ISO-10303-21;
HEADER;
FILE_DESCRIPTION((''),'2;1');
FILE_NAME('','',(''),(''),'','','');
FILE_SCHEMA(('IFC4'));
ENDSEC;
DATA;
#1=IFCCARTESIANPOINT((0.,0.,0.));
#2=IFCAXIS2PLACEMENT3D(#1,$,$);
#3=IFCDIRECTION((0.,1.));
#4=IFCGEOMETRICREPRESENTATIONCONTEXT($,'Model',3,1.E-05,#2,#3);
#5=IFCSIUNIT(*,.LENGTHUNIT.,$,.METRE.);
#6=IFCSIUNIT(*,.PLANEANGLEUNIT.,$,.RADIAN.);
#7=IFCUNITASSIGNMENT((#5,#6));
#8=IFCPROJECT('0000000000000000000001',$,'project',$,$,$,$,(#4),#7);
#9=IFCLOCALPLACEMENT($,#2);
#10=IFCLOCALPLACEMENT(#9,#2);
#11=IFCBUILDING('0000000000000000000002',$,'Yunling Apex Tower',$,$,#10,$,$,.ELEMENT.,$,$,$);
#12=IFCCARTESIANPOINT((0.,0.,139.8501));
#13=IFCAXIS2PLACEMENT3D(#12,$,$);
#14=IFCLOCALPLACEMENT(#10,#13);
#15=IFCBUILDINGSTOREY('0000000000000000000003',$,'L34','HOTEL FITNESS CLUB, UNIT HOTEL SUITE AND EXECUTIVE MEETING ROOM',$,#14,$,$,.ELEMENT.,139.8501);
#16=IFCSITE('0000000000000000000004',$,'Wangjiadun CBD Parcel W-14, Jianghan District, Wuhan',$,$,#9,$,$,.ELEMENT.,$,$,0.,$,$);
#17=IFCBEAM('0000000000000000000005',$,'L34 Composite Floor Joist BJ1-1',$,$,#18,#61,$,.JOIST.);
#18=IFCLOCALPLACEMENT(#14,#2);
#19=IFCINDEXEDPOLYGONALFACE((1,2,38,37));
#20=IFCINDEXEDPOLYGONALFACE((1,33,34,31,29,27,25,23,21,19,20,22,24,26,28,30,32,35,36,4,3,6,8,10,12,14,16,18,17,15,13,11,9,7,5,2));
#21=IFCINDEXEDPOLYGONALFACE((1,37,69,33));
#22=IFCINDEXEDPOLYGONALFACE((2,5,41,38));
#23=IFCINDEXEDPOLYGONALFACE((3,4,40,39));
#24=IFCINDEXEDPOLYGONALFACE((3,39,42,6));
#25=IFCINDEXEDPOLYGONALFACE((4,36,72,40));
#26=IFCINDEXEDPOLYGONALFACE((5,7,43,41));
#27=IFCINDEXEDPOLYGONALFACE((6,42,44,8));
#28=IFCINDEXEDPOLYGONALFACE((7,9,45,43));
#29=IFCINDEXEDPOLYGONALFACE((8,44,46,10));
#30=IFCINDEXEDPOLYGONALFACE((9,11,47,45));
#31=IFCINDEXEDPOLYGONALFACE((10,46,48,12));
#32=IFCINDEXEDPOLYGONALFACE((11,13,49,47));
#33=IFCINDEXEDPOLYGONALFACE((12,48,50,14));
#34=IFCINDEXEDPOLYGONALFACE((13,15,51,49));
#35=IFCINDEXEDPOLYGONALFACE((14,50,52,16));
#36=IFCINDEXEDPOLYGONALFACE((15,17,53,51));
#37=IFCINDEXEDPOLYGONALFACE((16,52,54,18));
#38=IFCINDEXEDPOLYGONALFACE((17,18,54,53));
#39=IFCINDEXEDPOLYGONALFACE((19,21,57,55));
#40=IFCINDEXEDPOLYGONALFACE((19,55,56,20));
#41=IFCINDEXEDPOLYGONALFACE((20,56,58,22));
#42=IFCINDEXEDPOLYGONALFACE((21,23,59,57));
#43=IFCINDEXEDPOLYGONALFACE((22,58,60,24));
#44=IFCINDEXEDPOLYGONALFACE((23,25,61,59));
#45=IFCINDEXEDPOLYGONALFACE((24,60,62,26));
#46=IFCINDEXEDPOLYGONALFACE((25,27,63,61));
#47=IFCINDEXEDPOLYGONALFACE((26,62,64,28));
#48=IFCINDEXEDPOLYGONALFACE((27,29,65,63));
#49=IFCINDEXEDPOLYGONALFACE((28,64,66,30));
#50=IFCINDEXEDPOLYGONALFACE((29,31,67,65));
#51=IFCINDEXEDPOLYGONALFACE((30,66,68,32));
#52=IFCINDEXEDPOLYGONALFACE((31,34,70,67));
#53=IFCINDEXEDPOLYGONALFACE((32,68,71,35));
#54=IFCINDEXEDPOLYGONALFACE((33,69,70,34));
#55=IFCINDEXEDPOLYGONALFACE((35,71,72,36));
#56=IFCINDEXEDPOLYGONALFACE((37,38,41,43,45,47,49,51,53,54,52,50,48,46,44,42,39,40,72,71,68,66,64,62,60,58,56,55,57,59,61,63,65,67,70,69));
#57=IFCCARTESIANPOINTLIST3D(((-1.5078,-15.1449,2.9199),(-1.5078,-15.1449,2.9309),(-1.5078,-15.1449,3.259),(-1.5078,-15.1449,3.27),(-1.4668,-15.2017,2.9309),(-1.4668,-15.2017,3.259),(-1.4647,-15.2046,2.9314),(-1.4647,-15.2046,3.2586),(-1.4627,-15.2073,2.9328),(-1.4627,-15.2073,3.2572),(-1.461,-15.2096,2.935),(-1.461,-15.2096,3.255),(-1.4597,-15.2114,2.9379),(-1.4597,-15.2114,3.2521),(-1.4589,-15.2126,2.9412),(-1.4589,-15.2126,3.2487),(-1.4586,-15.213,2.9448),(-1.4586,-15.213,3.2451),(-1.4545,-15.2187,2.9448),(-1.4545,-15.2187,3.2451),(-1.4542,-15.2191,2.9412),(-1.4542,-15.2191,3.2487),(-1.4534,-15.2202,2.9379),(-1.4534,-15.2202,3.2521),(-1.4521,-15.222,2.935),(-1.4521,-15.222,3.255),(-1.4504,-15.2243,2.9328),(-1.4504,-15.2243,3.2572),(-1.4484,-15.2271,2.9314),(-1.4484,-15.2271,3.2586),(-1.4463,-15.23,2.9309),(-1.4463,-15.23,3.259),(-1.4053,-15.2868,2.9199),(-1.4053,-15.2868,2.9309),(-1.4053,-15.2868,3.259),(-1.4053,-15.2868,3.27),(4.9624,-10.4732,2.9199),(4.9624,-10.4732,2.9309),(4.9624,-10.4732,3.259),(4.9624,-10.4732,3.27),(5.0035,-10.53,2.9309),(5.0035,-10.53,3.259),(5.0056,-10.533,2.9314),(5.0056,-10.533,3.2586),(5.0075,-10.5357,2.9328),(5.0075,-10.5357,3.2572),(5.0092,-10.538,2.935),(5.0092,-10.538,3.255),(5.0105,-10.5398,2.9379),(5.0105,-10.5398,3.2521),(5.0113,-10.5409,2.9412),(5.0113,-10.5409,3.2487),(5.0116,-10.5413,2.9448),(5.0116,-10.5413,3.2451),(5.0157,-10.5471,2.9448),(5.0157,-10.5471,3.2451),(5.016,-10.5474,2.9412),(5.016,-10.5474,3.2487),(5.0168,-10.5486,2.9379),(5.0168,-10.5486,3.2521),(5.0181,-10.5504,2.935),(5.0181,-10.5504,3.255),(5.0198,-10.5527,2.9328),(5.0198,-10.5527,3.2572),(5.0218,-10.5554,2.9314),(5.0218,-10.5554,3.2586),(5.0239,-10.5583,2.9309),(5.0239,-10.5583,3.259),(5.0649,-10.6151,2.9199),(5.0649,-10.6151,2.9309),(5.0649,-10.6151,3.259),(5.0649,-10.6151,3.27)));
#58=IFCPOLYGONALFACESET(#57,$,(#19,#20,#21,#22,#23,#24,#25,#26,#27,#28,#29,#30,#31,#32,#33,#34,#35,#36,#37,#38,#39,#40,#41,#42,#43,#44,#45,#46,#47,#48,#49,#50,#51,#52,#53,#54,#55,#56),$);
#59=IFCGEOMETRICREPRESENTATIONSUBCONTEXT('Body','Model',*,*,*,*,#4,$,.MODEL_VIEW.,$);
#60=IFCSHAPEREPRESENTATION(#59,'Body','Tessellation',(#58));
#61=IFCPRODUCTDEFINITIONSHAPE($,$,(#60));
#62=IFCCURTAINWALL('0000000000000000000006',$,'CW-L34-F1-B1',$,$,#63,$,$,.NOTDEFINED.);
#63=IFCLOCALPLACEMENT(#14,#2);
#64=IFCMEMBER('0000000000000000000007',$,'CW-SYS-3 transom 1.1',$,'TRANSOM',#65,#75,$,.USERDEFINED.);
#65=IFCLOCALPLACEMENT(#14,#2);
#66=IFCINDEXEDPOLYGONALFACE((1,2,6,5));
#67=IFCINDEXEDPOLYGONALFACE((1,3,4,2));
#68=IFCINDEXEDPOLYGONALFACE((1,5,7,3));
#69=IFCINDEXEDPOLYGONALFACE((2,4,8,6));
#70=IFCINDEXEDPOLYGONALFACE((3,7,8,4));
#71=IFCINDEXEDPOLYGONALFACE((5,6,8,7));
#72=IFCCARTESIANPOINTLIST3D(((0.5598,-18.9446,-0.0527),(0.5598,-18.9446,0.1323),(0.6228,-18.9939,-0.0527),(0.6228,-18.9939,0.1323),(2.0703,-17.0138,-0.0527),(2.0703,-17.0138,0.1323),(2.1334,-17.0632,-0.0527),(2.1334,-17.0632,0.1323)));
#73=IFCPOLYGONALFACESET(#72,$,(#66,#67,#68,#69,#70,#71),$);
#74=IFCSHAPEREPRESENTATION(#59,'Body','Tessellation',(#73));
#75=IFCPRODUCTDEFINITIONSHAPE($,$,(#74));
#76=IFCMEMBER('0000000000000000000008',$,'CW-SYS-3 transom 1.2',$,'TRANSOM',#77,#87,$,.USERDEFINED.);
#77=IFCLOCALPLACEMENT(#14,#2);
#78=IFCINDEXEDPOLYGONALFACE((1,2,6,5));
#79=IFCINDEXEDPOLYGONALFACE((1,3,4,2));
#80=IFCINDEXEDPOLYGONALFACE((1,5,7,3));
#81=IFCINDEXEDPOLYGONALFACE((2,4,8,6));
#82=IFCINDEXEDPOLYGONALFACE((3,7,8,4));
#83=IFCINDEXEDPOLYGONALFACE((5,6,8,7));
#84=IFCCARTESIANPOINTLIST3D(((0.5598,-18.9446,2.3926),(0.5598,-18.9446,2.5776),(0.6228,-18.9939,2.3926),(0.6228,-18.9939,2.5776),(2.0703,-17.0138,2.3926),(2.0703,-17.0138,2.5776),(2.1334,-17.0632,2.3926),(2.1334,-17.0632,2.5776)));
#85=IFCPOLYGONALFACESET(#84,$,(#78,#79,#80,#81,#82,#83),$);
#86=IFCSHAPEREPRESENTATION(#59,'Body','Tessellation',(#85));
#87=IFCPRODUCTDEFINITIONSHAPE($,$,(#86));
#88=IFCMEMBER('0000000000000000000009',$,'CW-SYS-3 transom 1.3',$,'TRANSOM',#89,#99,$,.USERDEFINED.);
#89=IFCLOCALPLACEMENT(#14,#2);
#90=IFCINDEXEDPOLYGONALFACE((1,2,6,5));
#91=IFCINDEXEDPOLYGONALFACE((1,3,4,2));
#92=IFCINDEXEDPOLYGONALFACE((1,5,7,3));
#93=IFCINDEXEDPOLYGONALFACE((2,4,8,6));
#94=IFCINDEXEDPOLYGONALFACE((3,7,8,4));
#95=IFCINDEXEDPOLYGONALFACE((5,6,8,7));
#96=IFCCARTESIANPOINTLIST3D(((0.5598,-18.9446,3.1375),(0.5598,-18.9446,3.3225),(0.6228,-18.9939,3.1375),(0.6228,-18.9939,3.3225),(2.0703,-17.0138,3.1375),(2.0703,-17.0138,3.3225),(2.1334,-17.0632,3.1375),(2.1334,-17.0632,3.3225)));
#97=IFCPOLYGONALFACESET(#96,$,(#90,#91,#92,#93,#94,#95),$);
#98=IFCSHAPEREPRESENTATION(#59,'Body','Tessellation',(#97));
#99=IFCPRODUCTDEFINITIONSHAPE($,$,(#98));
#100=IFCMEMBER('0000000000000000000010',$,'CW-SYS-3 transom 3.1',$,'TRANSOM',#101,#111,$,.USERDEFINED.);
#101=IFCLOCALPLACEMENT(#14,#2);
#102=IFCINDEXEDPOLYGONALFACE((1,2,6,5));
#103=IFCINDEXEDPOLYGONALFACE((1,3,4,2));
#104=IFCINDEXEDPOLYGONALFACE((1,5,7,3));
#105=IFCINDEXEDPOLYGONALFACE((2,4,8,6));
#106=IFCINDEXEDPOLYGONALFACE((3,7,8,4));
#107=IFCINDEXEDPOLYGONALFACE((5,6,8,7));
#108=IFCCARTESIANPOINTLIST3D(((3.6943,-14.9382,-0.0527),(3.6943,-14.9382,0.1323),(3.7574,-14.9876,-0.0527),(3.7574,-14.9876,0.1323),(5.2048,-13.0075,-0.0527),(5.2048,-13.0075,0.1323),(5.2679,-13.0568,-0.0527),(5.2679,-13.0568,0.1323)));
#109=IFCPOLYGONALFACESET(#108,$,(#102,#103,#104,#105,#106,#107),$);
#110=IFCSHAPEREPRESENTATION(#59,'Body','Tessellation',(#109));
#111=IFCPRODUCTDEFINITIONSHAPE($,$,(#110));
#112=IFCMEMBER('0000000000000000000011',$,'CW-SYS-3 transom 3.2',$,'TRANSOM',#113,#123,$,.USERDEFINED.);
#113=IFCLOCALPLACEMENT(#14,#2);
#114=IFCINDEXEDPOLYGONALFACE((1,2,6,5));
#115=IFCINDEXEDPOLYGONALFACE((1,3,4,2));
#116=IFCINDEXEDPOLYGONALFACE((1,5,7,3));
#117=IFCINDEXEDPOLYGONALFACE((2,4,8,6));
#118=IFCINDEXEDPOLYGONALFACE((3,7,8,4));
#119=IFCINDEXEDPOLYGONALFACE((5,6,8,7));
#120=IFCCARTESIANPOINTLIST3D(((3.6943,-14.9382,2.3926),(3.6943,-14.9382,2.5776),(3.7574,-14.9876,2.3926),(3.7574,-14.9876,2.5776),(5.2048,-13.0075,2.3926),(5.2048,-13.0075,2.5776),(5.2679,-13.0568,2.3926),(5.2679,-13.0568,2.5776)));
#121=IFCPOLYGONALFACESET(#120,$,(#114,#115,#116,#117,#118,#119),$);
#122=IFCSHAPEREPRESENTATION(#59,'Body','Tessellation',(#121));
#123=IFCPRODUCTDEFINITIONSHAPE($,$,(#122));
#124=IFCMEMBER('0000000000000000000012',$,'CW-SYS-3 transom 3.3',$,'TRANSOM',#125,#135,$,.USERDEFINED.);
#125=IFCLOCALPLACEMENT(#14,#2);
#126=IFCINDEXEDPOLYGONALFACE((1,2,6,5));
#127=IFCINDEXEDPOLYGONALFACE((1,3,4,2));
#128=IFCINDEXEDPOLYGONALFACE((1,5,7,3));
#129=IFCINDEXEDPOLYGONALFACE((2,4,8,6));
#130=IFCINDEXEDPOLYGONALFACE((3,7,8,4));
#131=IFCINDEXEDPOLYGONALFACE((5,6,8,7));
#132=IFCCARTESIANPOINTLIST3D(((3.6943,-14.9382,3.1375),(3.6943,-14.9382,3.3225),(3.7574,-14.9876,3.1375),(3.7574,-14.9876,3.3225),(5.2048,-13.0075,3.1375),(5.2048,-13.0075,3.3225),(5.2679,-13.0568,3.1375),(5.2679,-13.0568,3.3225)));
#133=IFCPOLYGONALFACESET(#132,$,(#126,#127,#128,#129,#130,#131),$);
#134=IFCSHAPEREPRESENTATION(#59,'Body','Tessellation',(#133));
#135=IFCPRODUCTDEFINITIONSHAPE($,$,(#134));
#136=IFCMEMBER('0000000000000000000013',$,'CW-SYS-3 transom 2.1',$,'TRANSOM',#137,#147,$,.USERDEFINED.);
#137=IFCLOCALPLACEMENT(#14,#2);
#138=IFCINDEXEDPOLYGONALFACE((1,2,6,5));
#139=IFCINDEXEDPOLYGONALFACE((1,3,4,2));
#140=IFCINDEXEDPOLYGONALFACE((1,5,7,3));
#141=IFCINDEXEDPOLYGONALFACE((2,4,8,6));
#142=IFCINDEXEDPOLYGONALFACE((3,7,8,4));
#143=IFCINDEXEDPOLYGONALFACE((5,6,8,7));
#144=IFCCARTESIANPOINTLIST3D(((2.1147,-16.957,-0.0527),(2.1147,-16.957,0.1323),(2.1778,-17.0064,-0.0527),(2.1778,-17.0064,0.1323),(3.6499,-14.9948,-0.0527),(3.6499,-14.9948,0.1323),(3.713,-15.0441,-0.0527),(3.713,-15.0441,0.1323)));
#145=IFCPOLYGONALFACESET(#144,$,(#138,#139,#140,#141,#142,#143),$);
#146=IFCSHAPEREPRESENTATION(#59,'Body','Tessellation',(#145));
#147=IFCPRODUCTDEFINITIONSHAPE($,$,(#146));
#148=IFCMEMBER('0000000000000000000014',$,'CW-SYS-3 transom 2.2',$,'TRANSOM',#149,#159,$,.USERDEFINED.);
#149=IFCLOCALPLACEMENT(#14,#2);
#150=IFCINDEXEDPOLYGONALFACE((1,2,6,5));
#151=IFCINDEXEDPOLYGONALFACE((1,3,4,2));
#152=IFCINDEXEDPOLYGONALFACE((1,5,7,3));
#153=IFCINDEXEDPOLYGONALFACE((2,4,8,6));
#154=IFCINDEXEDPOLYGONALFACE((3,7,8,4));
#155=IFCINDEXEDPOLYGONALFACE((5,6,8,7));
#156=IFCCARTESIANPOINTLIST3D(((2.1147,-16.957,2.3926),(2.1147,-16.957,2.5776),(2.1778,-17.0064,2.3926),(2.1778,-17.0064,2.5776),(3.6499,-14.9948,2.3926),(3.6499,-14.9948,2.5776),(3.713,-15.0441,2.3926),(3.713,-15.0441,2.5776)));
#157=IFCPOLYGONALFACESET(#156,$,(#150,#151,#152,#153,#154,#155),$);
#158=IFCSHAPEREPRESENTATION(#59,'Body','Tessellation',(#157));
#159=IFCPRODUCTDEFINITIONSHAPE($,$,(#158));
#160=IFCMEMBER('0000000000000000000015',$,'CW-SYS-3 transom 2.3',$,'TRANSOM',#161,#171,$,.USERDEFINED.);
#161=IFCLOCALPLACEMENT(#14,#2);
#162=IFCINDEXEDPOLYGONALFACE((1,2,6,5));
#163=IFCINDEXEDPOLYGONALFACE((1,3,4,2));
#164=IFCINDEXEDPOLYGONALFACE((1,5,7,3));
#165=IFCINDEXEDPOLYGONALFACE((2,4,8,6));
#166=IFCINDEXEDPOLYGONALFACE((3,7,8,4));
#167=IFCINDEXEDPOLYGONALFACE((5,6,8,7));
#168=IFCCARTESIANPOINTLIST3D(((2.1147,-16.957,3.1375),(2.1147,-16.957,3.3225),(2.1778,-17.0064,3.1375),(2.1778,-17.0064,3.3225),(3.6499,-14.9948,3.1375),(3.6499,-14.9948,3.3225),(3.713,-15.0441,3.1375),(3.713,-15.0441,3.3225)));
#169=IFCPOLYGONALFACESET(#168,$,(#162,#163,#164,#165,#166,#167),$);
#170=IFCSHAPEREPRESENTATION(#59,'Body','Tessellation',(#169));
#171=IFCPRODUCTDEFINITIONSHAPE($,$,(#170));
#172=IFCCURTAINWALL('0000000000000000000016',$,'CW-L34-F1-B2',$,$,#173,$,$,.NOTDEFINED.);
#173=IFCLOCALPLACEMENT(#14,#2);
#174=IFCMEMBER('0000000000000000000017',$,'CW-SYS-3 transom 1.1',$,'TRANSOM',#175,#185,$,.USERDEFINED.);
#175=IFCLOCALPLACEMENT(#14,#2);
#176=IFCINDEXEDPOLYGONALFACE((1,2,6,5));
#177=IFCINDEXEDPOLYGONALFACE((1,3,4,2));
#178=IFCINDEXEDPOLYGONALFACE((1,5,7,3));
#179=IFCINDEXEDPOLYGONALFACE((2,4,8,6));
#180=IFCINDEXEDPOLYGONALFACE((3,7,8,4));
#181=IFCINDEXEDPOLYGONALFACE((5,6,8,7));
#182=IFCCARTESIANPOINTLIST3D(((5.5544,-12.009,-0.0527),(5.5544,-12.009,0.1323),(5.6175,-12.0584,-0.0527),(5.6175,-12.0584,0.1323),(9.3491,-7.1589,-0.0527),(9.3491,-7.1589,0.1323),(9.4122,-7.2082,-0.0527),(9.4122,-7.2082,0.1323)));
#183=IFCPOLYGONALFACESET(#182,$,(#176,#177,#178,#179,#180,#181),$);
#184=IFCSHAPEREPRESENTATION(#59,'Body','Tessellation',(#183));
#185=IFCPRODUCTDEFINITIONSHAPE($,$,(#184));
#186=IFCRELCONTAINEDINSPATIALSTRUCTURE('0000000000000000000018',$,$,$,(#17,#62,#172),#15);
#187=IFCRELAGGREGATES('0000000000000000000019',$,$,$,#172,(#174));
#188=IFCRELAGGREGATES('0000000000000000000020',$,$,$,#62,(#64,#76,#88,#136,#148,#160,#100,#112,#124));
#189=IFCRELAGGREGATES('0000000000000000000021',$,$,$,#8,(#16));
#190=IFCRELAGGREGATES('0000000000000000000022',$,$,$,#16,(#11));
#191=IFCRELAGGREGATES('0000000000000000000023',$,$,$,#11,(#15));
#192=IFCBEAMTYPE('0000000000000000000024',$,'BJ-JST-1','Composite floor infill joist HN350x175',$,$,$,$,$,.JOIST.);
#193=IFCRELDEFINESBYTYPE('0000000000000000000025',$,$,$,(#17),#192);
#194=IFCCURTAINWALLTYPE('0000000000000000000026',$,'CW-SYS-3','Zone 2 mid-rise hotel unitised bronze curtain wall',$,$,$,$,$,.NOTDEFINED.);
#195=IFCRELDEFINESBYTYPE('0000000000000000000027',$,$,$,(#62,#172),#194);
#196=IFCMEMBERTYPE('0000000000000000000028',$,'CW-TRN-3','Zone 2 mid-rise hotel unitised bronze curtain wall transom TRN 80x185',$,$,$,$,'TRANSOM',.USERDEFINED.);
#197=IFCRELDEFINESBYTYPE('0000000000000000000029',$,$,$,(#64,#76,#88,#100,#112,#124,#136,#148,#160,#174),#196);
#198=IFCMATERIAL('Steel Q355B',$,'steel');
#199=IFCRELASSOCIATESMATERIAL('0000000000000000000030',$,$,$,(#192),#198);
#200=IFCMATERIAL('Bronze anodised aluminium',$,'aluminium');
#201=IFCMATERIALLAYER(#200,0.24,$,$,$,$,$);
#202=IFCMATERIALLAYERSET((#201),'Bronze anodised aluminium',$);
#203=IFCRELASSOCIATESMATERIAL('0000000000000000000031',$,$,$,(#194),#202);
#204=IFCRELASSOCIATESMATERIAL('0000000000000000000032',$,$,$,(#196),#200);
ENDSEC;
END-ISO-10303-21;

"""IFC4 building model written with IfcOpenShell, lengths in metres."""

from ifc_helpers import new_model, si_unit, direction, frame, origin, origin_2d, place, context, subcontext, project, spatial, rectangle, i_section, extrude, source, transform, mapped, material, layer, layer_set, material_profile, profile_set, type_object, element, aggregate, save


model = new_model("IFC4")

# Units and contexts
model_context = context("Model", 3, precision=1e-05, world=origin(), true_north=direction((0.0, 1.0)))
body_context = subcontext(model_context, "Body", "Model", "MODEL_VIEW")
ifc_project = project(units=[si_unit("LENGTHUNIT", "METRE"), si_unit("PLANEANGLEUNIT", "RADIAN")], contexts=[model_context])

# Site, building, storey
site_placement = place(None, origin())
site = spatial("IfcSite", under=ifc_project, at=site_placement, Name="Wangjiadun CBD Parcel W-14, Jianghan District, Wuhan", CompositionType="ELEMENT", RefElevation=0.0)
building_placement = place(site_placement, origin())
building = spatial("IfcBuilding", under=site, at=building_placement, Name="Yunling Apex Tower", CompositionType="ELEMENT")
storey_placement = place(building_placement, frame((0.0, 0.0, 139.8501)))
storey = spatial("IfcBuildingStorey", under=building, at=storey_placement, Name="L34", Description="HOTEL FITNESS CLUB, UNIT HOTEL SUITE AND EXECUTIVE MEETING ROOM", CompositionType="ELEMENT", Elevation=139.8501)

# Beam
ifc_material_1 = material(Name="Steel Q355B", Category="steel")
ifc_material_profile_1 = material_profile(ifc_material_1, i_section(OverallWidth=0.175, OverallDepth=0.3501, WebThickness=0.0071, FlangeThickness=0.011, FilletRadius=0.0139, at=origin_2d()))
ifc_profile_set_1 = profile_set([ifc_material_profile_1], Name="Steel Q355B")
beam_type_1 = type_object("IfcBeamType", Name="BJ-JST-1", Description="Composite floor infill joist HN350x175", PredefinedType="JOIST", material=ifc_profile_set_1)
shared_shape_1 = source(origin(), body_context, "Body", "SweptSolid", [
    extrude(i_section(OverallWidth=0.175, OverallDepth=0.3501, WebThickness=0.0071, FlangeThickness=0.011, FilletRadius=0.0139, at=origin_2d()), origin(), (0.0, 0.0, 1.0), 7.9805),
])
beam_1_placement = place(storey_placement, frame((-1.4565, -15.2158, 3.095), z_axis=(0.810757, 0.585383, 0.0), x_axis=(-0.585383, 0.810757, 0.0)))
element("IfcBeam", 1, at=beam_1_placement, inside=storey, type_object=beam_type_1, Name="L34 Composite Floor Joist BJ1-1", PredefinedType="JOIST", context=body_context, shape_type="MappedRepresentation", body=[
    mapped(shared_shape_1, transform((0.0, 0.0, 0.0), scale=1.0)),
])

# Curtain walls, members
ifc_material_2 = material(Name="Bronze anodised aluminium", Category="aluminium")
ifc_layer_1 = layer(ifc_material_2, 0.24)
ifc_layer_set_1 = layer_set([ifc_layer_1], Name="Bronze anodised aluminium")
curtain_wall_type = type_object("IfcCurtainWallType", Name="CW-SYS-3", Description="Zone 2 mid-rise hotel unitised bronze curtain wall", PredefinedType="NOTDEFINED", material=ifc_layer_set_1)
curtain_wall_1_placement = place(storey_placement, origin())
curtain_wall_1 = element("IfcCurtainWall", 2, at=curtain_wall_1_placement, inside=storey, type_object=curtain_wall_type, Name="CW-L34-F1-B1", PredefinedType="NOTDEFINED")
ifc_material_profile_2 = material_profile(ifc_material_2, rectangle(XDim=0.0801, YDim=0.1851, at=origin_2d()))
ifc_profile_set_2 = profile_set([ifc_material_profile_2], Name="Bronze anodised aluminium")
member_type_1 = type_object("IfcMemberType", Name="CW-TRN-3", Description="Zone 2 mid-rise hotel unitised bronze curtain wall transom TRN 80x185", ElementType="TRANSOM", PredefinedType="USERDEFINED", material=ifc_profile_set_2)
shared_shape_2 = source(origin(), body_context, "Body", "SweptSolid", [
    extrude(rectangle(XDim=0.0801, YDim=0.1851, at=origin_2d()), origin(), (0.0, 0.0, 1.0), 2.4514),
])
member_1_placement = place(storey_placement, frame((0.5913, -18.9692, 0.0398), z_axis=(0.616193, 0.787595, 0.0), x_axis=(-0.787595, 0.616193, 0.0)))
member_1 = element("IfcMember", 3, at=member_1_placement, type_object=member_type_1, Name="CW-SYS-3 transom 1.1", ObjectType="TRANSOM", PredefinedType="USERDEFINED", context=body_context, shape_type="MappedRepresentation", body=[
    mapped(shared_shape_2, transform((0.0, 0.0, 0.0), scale=1.0)),
])
member_2_placement = place(storey_placement, frame((0.5913, -18.9692, 2.4851), z_axis=(0.616193, 0.787595, 0.0), x_axis=(-0.787595, 0.616193, 0.0)))
member_2 = element("IfcMember", 4, at=member_2_placement, type_object=member_type_1, Name="CW-SYS-3 transom 1.2", ObjectType="TRANSOM", PredefinedType="USERDEFINED", context=body_context, shape_type="MappedRepresentation", body=[
    mapped(shared_shape_2, transform((0.0, 0.0, 0.0), scale=1.0)),
])
member_3_placement = place(storey_placement, frame((0.5913, -18.9692, 3.23), z_axis=(0.616193, 0.787595, 0.0), x_axis=(-0.787595, 0.616193, 0.0)))
member_3 = element("IfcMember", 5, at=member_3_placement, type_object=member_type_1, Name="CW-SYS-3 transom 1.3", ObjectType="TRANSOM", PredefinedType="USERDEFINED", context=body_context, shape_type="MappedRepresentation", body=[
    mapped(shared_shape_2, transform((0.0, 0.0, 0.0), scale=1.0)),
])
member_4_placement = place(storey_placement, frame((3.7258, -14.9629, 0.0398), z_axis=(0.616193, 0.787595, 0.0), x_axis=(-0.787595, 0.616193, 0.0)))
member_4 = element("IfcMember", 6, at=member_4_placement, type_object=member_type_1, Name="CW-SYS-3 transom 3.1", ObjectType="TRANSOM", PredefinedType="USERDEFINED", context=body_context, shape_type="MappedRepresentation", body=[
    mapped(shared_shape_2, transform((0.0, 0.0, 0.0), scale=1.0)),
])
member_5_placement = place(storey_placement, frame((3.7258, -14.9629, 2.4851), z_axis=(0.616193, 0.787595, 0.0), x_axis=(-0.787595, 0.616193, 0.0)))
member_5 = element("IfcMember", 7, at=member_5_placement, type_object=member_type_1, Name="CW-SYS-3 transom 3.2", ObjectType="TRANSOM", PredefinedType="USERDEFINED", context=body_context, shape_type="MappedRepresentation", body=[
    mapped(shared_shape_2, transform((0.0, 0.0, 0.0), scale=1.0)),
])
member_6_placement = place(storey_placement, frame((3.7258, -14.9629, 3.23), z_axis=(0.616193, 0.787595, 0.0), x_axis=(-0.787595, 0.616193, 0.0)))
member_6 = element("IfcMember", 8, at=member_6_placement, type_object=member_type_1, Name="CW-SYS-3 transom 3.3", ObjectType="TRANSOM", PredefinedType="USERDEFINED", context=body_context, shape_type="MappedRepresentation", body=[
    mapped(shared_shape_2, transform((0.0, 0.0, 0.0), scale=1.0)),
])
shared_shape_3 = source(origin(), body_context, "Body", "SweptSolid", [
    extrude(rectangle(XDim=0.0801, YDim=0.1851, at=origin_2d()), origin(), (0.0, 0.0, 1.0), 2.4915),
])
member_7_placement = place(storey_placement, frame((2.1462, -16.9817, 0.0398), z_axis=(0.616197, 0.787592, 0.0), x_axis=(-0.787592, 0.616197, 0.0)))
member_7 = element("IfcMember", 9, at=member_7_placement, type_object=member_type_1, Name="CW-SYS-3 transom 2.1", ObjectType="TRANSOM", PredefinedType="USERDEFINED", context=body_context, shape_type="MappedRepresentation", body=[
    mapped(shared_shape_3, transform((0.0, 0.0, 0.0), scale=1.0)),
])
member_8_placement = place(storey_placement, frame((2.1462, -16.9817, 2.4851), z_axis=(0.616197, 0.787592, 0.0), x_axis=(-0.787592, 0.616197, 0.0)))
member_8 = element("IfcMember", 10, at=member_8_placement, type_object=member_type_1, Name="CW-SYS-3 transom 2.2", ObjectType="TRANSOM", PredefinedType="USERDEFINED", context=body_context, shape_type="MappedRepresentation", body=[
    mapped(shared_shape_3, transform((0.0, 0.0, 0.0), scale=1.0)),
])
member_9_placement = place(storey_placement, frame((2.1462, -16.9817, 3.23), z_axis=(0.616197, 0.787592, 0.0), x_axis=(-0.787592, 0.616197, 0.0)))
member_9 = element("IfcMember", 11, at=member_9_placement, type_object=member_type_1, Name="CW-SYS-3 transom 2.3", ObjectType="TRANSOM", PredefinedType="USERDEFINED", context=body_context, shape_type="MappedRepresentation", body=[
    mapped(shared_shape_3, transform((0.0, 0.0, 0.0), scale=1.0)),
])
curtain_wall_2_placement = place(storey_placement, origin())
curtain_wall_2 = element("IfcCurtainWall", 12, at=curtain_wall_2_placement, inside=storey, type_object=curtain_wall_type, Name="CW-L34-F1-B2", PredefinedType="NOTDEFINED")
shared_shape_4 = source(origin(), body_context, "Body", "SweptSolid", [
    extrude(rectangle(XDim=0.0801, YDim=0.1851, at=origin_2d()), origin(), (0.0, 0.0, 1.0), 6.1582),
])
member_10_placement = place(storey_placement, frame((5.5859, -12.0337, 0.0398), z_axis=(0.616202, 0.787588, 0.0), x_axis=(-0.787588, 0.616202, 0.0)))
member_10 = element("IfcMember", 13, at=member_10_placement, type_object=member_type_1, Name="CW-SYS-3 transom 1.1", ObjectType="TRANSOM", PredefinedType="USERDEFINED", context=body_context, shape_type="MappedRepresentation", body=[
    mapped(shared_shape_4, transform((0.0, 0.0, 0.0), scale=1.0)),
])

aggregate(curtain_wall_2, [member_10])

aggregate(curtain_wall_1, [member_1, member_2, member_3, member_7, member_8, member_9, member_4, member_5, member_6])

save(model, "model.ifc")
